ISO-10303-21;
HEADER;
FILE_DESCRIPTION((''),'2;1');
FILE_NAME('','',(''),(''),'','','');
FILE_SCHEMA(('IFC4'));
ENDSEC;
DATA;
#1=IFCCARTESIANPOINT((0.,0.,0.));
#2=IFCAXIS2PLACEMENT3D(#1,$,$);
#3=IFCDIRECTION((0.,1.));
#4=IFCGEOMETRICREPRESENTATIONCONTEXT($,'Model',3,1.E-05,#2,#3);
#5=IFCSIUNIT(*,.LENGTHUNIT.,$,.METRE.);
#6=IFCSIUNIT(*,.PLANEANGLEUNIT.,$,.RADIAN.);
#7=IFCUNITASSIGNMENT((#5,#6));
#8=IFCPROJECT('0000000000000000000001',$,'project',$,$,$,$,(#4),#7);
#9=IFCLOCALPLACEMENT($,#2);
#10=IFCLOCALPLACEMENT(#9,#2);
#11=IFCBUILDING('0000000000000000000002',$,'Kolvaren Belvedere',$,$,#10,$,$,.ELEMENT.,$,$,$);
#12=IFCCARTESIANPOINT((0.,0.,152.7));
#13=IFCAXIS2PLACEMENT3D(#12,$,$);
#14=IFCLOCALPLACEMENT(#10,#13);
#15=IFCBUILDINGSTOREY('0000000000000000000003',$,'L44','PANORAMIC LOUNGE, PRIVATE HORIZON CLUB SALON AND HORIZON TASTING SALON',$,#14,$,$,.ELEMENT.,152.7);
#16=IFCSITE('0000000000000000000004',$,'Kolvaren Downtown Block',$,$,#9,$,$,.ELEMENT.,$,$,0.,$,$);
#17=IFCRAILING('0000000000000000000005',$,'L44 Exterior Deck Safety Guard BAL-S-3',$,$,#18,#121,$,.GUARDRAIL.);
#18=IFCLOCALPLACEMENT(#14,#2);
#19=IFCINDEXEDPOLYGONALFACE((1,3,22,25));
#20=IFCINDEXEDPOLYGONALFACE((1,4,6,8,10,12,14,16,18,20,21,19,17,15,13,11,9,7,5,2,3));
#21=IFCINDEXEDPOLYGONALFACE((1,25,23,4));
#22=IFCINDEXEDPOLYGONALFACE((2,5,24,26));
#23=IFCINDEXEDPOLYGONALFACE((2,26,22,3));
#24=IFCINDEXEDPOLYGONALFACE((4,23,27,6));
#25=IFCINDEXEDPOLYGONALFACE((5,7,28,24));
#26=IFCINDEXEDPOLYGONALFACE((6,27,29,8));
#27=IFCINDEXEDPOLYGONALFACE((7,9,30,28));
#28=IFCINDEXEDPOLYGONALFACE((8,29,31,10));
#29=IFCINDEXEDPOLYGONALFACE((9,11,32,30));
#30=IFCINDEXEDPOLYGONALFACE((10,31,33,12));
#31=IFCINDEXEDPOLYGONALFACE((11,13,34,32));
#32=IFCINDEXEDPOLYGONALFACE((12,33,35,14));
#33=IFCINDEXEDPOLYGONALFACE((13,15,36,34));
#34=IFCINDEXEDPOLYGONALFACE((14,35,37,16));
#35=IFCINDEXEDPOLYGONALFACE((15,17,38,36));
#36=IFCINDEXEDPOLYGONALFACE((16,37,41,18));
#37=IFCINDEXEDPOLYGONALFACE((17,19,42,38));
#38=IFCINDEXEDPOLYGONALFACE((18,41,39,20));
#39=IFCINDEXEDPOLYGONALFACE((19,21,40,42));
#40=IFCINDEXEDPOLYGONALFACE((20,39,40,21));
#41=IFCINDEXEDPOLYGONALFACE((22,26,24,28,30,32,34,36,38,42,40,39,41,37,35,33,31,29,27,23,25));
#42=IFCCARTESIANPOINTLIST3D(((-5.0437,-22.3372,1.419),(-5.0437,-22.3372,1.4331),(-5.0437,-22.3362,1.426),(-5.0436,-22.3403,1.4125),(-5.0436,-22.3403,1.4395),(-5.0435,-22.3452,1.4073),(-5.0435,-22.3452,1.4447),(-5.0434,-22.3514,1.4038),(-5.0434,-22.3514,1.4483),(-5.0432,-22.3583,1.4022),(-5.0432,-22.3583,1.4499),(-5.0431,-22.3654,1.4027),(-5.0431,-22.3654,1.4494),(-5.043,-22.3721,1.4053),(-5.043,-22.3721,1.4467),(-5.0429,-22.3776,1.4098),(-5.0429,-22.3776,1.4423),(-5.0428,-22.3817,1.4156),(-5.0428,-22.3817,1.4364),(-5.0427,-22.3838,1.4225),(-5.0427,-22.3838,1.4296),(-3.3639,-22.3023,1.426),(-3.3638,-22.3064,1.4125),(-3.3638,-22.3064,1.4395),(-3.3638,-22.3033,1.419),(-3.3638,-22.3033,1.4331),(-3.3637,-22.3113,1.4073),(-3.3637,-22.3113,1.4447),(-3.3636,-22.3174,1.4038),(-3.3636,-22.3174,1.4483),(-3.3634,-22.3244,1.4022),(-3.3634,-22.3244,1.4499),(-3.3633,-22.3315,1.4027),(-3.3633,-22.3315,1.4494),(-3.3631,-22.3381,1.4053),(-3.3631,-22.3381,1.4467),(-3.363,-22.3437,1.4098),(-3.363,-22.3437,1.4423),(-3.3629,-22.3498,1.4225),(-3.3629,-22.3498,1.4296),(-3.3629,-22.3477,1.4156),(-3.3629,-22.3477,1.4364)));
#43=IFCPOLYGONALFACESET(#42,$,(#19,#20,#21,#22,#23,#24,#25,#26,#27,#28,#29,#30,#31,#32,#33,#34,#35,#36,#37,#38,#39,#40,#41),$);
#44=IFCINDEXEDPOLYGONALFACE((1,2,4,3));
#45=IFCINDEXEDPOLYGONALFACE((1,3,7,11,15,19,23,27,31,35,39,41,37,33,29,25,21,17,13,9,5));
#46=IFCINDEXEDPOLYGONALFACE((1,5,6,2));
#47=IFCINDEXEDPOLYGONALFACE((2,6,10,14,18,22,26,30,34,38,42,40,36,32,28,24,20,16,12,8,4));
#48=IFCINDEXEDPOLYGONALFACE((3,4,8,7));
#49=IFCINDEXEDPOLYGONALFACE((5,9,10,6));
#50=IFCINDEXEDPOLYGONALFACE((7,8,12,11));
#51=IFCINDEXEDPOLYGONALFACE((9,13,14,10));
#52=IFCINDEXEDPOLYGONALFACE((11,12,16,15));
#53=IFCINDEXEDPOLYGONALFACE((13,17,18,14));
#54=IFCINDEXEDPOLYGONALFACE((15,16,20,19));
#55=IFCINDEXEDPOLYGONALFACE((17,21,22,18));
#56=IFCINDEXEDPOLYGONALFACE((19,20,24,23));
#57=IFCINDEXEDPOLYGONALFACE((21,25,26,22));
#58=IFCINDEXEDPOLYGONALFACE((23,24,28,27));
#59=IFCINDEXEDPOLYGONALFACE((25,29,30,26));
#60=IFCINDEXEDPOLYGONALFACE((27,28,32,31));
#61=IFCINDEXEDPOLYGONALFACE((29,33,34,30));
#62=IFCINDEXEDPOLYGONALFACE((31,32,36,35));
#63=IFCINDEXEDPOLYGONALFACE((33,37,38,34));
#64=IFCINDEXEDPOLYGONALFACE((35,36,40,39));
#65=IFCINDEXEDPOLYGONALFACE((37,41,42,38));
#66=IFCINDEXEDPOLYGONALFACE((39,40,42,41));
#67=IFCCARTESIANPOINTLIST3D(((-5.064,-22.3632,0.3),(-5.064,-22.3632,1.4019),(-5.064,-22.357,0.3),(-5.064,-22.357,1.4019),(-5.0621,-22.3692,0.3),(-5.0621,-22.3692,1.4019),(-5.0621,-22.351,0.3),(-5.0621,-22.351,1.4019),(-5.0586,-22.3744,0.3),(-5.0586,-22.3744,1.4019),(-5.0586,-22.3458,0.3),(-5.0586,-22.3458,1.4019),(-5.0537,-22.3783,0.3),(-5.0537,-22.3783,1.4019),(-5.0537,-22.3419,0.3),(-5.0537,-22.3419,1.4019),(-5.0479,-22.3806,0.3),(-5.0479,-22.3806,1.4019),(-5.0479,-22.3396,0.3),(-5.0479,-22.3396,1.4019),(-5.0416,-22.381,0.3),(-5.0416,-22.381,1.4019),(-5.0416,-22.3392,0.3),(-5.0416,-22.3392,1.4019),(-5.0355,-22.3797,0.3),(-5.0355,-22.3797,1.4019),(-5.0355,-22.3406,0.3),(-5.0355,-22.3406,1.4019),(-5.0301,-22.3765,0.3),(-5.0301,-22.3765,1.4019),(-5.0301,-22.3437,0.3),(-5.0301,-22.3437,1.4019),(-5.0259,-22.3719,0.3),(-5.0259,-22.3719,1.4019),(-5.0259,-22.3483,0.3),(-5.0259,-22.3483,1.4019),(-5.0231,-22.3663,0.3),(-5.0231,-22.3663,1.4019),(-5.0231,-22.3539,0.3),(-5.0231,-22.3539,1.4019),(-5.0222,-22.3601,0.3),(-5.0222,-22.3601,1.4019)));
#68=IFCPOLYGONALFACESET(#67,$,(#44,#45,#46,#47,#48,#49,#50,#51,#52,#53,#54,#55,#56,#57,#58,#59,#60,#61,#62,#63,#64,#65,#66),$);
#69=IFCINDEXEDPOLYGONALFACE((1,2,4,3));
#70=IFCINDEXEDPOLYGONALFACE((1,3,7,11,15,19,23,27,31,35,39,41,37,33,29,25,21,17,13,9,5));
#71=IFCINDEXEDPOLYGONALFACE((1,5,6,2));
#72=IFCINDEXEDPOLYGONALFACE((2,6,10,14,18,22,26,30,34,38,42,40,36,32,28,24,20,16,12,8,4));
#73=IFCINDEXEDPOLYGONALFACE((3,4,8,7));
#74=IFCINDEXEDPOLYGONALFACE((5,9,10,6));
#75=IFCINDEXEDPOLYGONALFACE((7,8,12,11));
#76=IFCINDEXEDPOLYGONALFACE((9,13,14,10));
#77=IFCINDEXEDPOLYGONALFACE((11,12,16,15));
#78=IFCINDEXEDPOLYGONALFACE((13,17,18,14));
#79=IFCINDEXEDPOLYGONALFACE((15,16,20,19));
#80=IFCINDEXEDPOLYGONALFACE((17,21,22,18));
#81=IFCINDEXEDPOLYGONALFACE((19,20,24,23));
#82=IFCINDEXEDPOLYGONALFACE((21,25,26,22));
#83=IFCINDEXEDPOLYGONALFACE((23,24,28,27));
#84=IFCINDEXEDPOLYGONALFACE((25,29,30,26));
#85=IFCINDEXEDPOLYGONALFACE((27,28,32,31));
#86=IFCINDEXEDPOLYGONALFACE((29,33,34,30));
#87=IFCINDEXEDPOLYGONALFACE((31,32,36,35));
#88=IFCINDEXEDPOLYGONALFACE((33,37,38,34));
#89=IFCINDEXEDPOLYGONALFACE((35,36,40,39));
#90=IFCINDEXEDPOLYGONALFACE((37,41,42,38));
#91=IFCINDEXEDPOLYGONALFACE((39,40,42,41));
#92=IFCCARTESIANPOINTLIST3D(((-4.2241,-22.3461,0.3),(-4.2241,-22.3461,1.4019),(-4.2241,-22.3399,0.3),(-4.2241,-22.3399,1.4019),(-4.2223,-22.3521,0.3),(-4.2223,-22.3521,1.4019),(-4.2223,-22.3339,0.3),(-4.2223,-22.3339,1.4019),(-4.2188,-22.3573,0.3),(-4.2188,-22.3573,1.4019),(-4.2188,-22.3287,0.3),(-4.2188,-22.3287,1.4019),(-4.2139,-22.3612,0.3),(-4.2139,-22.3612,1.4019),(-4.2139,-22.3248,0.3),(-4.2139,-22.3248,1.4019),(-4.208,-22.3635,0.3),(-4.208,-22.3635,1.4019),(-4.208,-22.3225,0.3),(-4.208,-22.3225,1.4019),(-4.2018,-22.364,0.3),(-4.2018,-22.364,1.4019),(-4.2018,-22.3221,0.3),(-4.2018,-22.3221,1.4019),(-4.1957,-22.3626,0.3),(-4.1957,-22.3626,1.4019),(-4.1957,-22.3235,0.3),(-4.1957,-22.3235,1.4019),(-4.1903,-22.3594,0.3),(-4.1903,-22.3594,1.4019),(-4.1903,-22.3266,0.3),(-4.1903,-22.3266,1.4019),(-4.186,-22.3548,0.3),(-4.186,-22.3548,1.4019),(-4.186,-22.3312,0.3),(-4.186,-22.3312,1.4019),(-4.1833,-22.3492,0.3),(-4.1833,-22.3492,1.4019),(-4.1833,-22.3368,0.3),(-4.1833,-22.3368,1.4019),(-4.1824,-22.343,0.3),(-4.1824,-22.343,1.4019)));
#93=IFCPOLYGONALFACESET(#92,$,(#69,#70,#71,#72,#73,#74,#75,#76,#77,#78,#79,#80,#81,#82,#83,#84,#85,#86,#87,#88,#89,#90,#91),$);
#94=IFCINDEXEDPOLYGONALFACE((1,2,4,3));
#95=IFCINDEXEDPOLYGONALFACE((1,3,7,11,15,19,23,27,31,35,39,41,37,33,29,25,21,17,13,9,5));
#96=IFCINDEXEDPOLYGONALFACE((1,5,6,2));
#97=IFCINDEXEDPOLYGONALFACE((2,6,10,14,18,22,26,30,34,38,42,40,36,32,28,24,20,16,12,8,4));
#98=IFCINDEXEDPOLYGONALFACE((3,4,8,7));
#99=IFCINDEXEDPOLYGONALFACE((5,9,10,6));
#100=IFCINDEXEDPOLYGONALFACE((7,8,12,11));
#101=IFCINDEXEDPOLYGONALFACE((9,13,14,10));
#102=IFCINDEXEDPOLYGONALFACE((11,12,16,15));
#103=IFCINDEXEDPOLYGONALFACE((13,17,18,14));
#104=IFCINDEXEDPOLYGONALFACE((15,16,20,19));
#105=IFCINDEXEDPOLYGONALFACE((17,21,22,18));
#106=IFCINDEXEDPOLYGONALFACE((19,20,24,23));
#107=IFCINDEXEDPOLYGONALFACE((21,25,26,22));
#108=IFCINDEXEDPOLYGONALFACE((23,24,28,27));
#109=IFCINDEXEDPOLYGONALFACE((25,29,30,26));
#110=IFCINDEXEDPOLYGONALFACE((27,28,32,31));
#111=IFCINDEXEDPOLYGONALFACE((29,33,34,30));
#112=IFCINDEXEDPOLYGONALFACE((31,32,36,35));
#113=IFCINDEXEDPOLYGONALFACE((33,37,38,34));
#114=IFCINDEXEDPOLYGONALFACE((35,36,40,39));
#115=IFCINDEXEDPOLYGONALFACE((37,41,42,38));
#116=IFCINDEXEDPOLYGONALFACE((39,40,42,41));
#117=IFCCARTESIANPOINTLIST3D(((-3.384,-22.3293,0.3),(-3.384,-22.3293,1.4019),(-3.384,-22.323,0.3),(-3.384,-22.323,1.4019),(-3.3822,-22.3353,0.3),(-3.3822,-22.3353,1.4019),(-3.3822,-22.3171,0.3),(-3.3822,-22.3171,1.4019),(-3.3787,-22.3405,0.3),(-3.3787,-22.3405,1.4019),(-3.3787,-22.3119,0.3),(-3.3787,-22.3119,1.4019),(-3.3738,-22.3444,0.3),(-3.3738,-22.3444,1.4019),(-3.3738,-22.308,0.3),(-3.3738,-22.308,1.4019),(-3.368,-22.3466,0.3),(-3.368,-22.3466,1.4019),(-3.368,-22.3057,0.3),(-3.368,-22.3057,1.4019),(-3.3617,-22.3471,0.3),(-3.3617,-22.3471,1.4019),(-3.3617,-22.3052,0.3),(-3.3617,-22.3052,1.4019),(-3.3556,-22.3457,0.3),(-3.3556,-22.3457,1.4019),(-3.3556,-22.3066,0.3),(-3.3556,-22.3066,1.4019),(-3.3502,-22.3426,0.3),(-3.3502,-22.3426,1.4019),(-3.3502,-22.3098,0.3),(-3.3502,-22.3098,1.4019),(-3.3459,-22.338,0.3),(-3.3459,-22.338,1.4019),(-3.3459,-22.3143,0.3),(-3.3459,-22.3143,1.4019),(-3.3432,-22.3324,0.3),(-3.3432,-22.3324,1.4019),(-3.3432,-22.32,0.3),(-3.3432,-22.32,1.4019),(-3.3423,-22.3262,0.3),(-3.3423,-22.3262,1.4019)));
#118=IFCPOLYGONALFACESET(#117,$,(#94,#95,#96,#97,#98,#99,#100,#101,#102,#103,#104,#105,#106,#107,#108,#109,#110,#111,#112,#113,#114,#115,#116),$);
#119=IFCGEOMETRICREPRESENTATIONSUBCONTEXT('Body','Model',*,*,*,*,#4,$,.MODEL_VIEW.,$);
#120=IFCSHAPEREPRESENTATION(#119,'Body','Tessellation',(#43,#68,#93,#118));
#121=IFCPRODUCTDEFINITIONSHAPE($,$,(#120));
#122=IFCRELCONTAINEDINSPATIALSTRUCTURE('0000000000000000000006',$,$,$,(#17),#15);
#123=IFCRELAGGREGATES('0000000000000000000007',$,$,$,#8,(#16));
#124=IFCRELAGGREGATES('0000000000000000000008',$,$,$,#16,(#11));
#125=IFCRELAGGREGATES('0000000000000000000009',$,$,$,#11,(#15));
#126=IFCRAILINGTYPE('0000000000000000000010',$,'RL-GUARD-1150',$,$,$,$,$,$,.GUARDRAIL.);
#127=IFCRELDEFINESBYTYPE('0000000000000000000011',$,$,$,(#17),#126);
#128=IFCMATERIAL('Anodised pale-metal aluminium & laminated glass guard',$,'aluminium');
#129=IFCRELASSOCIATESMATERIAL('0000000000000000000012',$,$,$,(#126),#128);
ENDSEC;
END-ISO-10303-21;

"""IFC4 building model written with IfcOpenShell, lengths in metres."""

from ifc_helpers import new_model, si_unit, direction, frame, origin, origin_2d, place, context, subcontext, project, spatial, circle, extrude, material, type_object, element, save


model = new_model("IFC4")

# Units and contexts
model_context = context("Model", 3, precision=1e-05, world=origin(), true_north=direction((0.0, 1.0)))
body_context = subcontext(model_context, "Body", "Model", "MODEL_VIEW")
ifc_project = project(units=[si_unit("LENGTHUNIT", "METRE"), si_unit("PLANEANGLEUNIT", "RADIAN")], contexts=[model_context])

# Site, building, storey
site_placement = place(None, origin())
site = spatial("IfcSite", under=ifc_project, at=site_placement, Name="Kolvaren Downtown Block", CompositionType="ELEMENT", RefElevation=0.0)
building_placement = place(site_placement, origin())
building = spatial("IfcBuilding", under=site, at=building_placement, Name="Kolvaren Belvedere", CompositionType="ELEMENT")
storey_placement = place(building_placement, frame((0.0, 0.0, 152.7)))
storey = spatial("IfcBuildingStorey", under=building, at=storey_placement, Name="L44", Description="PANORAMIC LOUNGE, PRIVATE HORIZON CLUB SALON AND HORIZON TASTING SALON", CompositionType="ELEMENT", Elevation=152.7)

# Railing
ifc_material_1 = material(Name="Anodised pale-metal aluminium & laminated glass guard", Category="aluminium")
railing_type = type_object("IfcRailingType", Name="RL-GUARD-1150", PredefinedType="GUARDRAIL", material=ifc_material_1)
railing_1_placement = place(storey_placement, frame((-5.0432, -22.3601, 0.3)))
element("IfcRailing", 1, at=railing_1_placement, inside=storey, type_object=railing_type, Name="L44 Exterior Deck Safety Guard BAL-S-3", PredefinedType="GUARDRAIL", context=body_context, shape_type="SweptSolid", body=[
    extrude(circle(Radius=0.0239, at=origin_2d()), frame((0.0, 0.0, 1.126), z_axis=(0.999796, 0.020196, 0.0), x_axis=(-0.020196, 0.999796, 0.0)), (0.0, 0.0, 1.0), 1.6802),
    extrude(circle(Radius=0.021, at=origin_2d()), origin(), (0.0, 0.0, 1.0), 1.1018),
    extrude(circle(Radius=0.021, at=origin_2d()), frame((0.8398, 0.0171, 0.0)), (0.0, 0.0, 1.0), 1.1018),
    extrude(circle(Radius=0.021, at=origin_2d()), frame((1.6799, 0.0339, 0.0)), (0.0, 0.0, 1.0), 1.1018),
])

save(model, "model.ifc")
